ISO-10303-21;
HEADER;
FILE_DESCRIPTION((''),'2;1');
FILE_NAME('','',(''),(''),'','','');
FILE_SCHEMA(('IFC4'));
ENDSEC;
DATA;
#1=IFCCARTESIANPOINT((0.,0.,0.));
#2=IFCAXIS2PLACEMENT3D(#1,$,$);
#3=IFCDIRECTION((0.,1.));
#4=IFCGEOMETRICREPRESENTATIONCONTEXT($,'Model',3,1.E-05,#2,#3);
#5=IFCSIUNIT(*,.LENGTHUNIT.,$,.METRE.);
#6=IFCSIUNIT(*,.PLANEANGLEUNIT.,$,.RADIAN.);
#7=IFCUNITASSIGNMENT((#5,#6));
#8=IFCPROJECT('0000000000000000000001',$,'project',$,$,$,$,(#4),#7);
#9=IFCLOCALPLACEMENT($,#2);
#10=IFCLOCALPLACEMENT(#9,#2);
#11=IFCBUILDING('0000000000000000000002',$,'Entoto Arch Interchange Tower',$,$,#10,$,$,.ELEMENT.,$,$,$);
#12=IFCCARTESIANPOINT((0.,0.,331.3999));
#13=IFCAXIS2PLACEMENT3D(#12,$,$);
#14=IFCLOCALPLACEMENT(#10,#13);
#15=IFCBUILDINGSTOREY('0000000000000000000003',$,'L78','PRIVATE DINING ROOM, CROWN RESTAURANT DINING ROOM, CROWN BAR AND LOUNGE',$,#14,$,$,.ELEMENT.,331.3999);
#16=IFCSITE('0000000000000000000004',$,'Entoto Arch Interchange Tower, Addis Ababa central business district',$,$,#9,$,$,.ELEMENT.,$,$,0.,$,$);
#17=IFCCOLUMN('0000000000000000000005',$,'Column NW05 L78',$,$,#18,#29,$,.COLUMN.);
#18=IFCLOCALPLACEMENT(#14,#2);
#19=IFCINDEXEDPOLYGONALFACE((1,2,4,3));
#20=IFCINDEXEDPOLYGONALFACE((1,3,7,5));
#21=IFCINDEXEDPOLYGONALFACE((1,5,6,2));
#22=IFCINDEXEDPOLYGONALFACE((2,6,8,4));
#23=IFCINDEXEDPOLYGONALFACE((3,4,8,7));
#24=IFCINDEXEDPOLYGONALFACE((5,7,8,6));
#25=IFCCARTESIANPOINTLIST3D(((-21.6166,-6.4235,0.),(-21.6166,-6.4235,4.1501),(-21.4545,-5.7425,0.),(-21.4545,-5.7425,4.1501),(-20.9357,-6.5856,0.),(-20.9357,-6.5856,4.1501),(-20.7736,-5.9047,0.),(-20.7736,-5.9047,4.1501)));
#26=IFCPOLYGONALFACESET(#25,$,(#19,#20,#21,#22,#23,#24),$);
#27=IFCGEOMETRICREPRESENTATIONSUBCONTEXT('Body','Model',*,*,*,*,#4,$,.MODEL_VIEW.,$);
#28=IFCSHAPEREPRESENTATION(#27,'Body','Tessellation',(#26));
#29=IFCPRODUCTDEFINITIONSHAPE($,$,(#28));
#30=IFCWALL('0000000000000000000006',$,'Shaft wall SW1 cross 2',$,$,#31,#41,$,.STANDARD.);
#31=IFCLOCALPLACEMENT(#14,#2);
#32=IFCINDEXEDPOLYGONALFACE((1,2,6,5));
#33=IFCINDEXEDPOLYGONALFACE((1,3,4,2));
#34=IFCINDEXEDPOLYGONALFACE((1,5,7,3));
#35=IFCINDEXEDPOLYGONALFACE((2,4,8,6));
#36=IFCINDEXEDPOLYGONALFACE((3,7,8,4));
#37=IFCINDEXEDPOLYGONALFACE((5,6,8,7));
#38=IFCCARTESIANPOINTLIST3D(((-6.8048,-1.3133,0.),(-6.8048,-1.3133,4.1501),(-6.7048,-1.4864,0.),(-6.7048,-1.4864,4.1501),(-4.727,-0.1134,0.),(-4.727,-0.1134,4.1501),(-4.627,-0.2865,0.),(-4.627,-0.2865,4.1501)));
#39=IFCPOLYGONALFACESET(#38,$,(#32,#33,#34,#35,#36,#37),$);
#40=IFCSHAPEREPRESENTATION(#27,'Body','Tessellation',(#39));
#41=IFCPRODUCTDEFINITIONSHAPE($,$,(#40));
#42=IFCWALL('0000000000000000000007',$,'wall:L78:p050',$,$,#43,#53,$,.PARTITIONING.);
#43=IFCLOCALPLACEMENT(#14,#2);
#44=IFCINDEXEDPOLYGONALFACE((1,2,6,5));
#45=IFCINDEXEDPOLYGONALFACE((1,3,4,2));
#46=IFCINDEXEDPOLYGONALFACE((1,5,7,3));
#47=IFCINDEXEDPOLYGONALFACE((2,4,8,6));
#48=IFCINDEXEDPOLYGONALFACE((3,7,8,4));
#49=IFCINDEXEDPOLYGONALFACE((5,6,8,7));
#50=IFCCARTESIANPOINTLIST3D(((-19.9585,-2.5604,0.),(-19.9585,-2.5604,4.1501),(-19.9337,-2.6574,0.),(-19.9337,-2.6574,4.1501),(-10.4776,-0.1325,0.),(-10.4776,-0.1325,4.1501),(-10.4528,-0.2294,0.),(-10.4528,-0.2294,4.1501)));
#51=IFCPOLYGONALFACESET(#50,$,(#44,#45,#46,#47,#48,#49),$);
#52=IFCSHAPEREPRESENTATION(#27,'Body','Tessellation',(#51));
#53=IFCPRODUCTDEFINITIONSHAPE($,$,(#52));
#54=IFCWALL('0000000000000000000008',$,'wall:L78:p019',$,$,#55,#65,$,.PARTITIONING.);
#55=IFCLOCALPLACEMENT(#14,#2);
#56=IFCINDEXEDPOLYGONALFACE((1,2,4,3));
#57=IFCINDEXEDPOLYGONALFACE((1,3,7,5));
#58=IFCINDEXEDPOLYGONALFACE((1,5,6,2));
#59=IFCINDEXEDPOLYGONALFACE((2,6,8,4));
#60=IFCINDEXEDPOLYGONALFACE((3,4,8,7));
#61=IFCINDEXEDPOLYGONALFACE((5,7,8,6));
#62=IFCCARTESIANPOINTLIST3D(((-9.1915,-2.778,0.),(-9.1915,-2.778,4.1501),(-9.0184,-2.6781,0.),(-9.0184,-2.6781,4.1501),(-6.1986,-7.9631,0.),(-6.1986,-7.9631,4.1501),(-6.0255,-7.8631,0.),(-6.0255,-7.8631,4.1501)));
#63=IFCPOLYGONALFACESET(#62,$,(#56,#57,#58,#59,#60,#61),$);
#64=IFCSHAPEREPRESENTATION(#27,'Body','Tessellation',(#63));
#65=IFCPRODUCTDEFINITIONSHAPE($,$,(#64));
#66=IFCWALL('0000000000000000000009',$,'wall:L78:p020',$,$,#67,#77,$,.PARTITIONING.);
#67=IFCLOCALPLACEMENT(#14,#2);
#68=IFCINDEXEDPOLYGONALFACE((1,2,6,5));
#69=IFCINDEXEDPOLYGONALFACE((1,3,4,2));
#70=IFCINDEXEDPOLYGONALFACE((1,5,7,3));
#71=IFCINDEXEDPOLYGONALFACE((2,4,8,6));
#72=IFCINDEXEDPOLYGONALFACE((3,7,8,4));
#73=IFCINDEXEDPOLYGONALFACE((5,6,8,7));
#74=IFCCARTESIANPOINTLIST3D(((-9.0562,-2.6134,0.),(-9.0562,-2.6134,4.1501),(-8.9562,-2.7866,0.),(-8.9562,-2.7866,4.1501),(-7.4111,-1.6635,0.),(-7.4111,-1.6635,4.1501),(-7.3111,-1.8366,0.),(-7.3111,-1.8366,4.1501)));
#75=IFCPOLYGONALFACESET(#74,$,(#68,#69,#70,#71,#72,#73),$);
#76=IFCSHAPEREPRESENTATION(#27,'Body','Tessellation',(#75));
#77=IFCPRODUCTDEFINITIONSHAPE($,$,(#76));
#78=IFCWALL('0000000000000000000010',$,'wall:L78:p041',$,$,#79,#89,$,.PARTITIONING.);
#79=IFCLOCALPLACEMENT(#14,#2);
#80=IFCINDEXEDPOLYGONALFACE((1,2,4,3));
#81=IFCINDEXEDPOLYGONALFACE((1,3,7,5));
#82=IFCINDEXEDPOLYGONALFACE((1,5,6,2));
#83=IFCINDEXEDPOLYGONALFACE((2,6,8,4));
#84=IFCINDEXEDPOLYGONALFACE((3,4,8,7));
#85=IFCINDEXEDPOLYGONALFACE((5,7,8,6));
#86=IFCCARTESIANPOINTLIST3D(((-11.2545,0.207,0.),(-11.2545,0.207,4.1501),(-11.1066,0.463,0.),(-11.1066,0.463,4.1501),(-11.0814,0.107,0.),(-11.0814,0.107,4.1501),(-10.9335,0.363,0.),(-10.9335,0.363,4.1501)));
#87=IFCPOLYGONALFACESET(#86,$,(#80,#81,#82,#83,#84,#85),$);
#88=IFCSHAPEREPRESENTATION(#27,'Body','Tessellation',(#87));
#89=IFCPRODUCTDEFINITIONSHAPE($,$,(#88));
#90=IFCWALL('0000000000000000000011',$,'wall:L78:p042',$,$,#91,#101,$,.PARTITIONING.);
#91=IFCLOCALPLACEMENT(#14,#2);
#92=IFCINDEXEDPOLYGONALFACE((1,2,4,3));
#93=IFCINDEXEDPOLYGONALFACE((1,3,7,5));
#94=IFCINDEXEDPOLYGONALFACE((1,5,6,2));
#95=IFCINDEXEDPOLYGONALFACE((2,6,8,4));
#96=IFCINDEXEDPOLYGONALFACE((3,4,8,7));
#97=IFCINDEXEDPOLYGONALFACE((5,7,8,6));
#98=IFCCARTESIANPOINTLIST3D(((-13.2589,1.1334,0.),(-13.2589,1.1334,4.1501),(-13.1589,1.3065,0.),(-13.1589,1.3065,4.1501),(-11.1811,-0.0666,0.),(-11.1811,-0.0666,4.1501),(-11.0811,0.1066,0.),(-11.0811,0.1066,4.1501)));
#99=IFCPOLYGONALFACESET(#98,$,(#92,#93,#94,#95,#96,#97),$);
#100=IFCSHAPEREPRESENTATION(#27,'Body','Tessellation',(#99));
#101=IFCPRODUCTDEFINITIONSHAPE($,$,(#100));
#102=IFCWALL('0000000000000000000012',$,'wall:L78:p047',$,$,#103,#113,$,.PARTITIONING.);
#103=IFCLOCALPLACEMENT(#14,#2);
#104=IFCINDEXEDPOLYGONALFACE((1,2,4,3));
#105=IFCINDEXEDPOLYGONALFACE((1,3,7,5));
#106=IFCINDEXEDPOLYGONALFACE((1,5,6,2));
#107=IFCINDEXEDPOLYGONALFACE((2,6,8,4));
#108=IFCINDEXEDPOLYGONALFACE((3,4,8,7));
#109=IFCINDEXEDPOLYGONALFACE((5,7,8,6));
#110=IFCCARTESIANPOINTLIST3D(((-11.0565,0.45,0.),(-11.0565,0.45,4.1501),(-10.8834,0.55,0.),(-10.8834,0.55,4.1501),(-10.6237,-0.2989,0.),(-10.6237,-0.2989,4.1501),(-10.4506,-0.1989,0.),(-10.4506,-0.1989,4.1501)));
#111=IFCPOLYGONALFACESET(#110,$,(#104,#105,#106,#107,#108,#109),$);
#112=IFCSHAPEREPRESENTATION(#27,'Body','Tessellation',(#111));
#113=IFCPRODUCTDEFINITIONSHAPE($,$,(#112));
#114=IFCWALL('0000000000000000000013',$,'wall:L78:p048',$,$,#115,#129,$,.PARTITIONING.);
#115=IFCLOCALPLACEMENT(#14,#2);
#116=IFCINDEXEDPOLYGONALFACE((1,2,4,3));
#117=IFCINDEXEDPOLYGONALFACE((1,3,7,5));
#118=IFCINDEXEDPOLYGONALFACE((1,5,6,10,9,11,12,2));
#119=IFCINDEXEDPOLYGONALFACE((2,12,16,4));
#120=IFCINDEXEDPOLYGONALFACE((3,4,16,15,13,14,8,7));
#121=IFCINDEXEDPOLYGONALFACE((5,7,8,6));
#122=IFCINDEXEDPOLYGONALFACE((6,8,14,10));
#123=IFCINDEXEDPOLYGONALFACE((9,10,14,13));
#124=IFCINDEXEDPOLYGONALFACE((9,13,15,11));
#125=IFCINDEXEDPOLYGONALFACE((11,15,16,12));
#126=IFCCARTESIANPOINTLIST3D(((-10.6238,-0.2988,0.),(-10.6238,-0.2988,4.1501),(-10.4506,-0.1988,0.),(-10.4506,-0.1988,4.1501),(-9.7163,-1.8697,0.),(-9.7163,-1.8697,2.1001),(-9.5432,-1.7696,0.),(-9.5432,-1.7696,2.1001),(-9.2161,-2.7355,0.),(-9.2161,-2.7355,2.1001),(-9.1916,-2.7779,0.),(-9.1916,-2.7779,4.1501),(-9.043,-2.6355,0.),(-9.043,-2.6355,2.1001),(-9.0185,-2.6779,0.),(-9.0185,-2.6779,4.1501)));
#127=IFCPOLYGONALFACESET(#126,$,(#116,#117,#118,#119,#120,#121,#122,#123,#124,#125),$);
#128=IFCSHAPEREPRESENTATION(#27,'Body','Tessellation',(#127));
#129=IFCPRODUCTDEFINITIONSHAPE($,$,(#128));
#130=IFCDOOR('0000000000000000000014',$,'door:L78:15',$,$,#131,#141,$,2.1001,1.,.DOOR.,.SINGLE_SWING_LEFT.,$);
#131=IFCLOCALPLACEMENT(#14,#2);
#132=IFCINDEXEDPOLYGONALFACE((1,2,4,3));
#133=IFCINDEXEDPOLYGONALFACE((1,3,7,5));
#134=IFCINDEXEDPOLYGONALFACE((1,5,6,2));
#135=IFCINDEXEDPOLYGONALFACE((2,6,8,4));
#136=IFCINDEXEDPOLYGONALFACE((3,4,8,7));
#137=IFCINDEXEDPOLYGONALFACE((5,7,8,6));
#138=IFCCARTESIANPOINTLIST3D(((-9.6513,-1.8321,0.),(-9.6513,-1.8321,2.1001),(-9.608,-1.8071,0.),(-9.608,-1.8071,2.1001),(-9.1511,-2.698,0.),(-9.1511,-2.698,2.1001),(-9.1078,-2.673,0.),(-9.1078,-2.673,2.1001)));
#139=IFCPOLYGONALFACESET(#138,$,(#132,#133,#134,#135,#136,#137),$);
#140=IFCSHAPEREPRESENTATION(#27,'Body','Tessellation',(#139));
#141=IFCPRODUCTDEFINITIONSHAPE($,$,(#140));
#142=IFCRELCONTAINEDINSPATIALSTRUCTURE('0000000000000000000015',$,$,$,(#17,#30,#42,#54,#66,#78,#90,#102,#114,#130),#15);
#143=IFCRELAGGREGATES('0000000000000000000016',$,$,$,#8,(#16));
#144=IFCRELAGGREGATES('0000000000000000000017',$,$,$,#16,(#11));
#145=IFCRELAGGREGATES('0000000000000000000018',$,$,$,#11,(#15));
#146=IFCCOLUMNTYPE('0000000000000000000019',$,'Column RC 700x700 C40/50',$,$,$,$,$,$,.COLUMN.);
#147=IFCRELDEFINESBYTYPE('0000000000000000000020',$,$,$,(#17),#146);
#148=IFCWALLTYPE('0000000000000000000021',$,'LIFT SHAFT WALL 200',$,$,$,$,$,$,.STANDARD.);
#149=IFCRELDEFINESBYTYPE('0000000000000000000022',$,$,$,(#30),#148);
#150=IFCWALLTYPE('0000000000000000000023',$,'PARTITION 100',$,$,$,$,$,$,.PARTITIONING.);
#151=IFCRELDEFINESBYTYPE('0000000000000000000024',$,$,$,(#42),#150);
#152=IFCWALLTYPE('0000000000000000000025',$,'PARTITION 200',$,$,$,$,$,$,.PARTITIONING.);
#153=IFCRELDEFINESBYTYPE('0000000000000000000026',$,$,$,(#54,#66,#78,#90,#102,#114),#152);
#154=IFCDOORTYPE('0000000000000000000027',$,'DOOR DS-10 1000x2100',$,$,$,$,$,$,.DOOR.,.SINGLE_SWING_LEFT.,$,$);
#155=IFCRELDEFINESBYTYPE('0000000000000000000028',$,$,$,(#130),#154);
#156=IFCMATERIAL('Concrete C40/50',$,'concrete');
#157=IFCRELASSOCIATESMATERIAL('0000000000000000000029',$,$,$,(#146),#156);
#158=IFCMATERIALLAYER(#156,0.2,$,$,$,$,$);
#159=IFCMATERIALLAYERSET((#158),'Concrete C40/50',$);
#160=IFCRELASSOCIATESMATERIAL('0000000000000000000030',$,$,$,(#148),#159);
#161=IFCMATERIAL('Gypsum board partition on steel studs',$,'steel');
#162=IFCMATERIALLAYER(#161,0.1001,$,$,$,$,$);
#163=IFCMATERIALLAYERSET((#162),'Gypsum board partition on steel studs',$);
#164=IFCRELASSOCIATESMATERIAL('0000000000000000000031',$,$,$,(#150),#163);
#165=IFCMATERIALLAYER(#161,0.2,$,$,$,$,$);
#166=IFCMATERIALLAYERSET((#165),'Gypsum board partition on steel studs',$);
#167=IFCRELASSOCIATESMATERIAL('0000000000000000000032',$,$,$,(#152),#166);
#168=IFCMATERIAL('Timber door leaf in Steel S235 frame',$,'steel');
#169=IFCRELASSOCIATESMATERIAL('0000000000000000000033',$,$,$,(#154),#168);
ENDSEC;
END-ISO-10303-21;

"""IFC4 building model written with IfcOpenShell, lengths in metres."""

from ifc_helpers import new_model, si_unit, direction, frame, frame_2d, origin, origin_2d, place, context, subcontext, project, spatial, rectangle, extrude, material, layer, layer_set, material_profile, profile_set, type_object, element, fill, save


model = new_model("IFC4")

# Units and contexts
model_context = context("Model", 3, precision=1e-05, world=origin(), true_north=direction((0.0, 1.0)))
body_context = subcontext(model_context, "Body", "Model", "MODEL_VIEW")
ifc_project = project(units=[si_unit("LENGTHUNIT", "METRE"), si_unit("PLANEANGLEUNIT", "RADIAN")], contexts=[model_context])

# Site, building, storey
site_placement = place(None, origin())
site = spatial("IfcSite", under=ifc_project, at=site_placement, Name="Entoto Arch Interchange Tower, Addis Ababa central business district", CompositionType="ELEMENT", RefElevation=0.0)
building_placement = place(site_placement, origin())
building = spatial("IfcBuilding", under=site, at=building_placement, Name="Entoto Arch Interchange Tower", CompositionType="ELEMENT")
storey_placement = place(building_placement, frame((0.0, 0.0, 331.3999)))
storey = spatial("IfcBuildingStorey", under=building, at=storey_placement, Name="L78", Description="PRIVATE DINING ROOM, CROWN RESTAURANT DINING ROOM, CROWN BAR AND LOUNGE", CompositionType="ELEMENT", Elevation=331.3999)

# Column
ifc_material_1 = material(Name="Concrete C40/50", Category="concrete")
ifc_material_profile = material_profile(ifc_material_1, rectangle(XDim=0.7, YDim=0.7, at=origin_2d()))
ifc_profile_set = profile_set([ifc_material_profile], Name="Concrete C40/50")
column_type = type_object("IfcColumnType", Name="Column RC 700x700 C40/50", PredefinedType="COLUMN", material=ifc_profile_set)
column_placement = place(storey_placement, frame((-21.1951, -6.1641, 0.0), z_axis=(0.0, 0.0, 1.0), x_axis=(0.231612, 0.972808, 0.0)))
element("IfcColumn", 1, at=column_placement, inside=storey, type_object=column_type, Name="Column NW05 L78", PredefinedType="COLUMN", context=body_context, shape_type="SweptSolid", body=[
    extrude(rectangle(XDim=0.7, YDim=0.7, at=origin_2d()), origin(), (0.0, 0.0, 1.0), 4.1501),
])

# Walls
ifc_layer_1 = layer(ifc_material_1, 0.2)
ifc_layer_set_1 = layer_set([ifc_layer_1], Name="Concrete C40/50")
wall_type_1 = type_object("IfcWallType", Name="LIFT SHAFT WALL 200", PredefinedType="STANDARD", material=ifc_layer_set_1)
wall_1_placement = place(storey_placement, frame((-4.677, -0.2, 0.0), z_axis=(0.0, 0.0, 1.0), x_axis=(-0.865974, -0.500089, 0.0)))
element("IfcWall", 2, at=wall_1_placement, inside=storey, type_object=wall_type_1, Name="Shaft wall SW1 cross 2", PredefinedType="STANDARD", context=body_context, shape_type="SweptSolid", body=[
    extrude(rectangle(XDim=2.3994, YDim=0.2, at=frame_2d((1.1997, 0.0))), origin(), (0.0, 0.0, 1.0), 4.1501),
])
ifc_material_2 = material(Name="Gypsum board partition on steel studs", Category="steel")
ifc_layer_2 = layer(ifc_material_2, 0.1001)
ifc_layer_set_2 = layer_set([ifc_layer_2], Name="Gypsum board partition on steel studs")
wall_type_2 = type_object("IfcWallType", Name="PARTITION 100", PredefinedType="PARTITIONING", material=ifc_layer_set_2)
wall_2_placement = place(storey_placement, frame((-10.4651, -0.1809, 0.0), z_axis=(0.0, 0.0, 1.0), x_axis=(-0.968738, -0.248084, 0.0)))
element("IfcWall", 3, at=wall_2_placement, inside=storey, type_object=wall_type_2, Name="wall:L78:p050", PredefinedType="PARTITIONING", context=body_context, shape_type="SweptSolid", body=[
    extrude(rectangle(XDim=9.7869, YDim=0.1001, at=frame_2d((4.8936, 0.0))), origin(), (0.0, 0.0, 1.0), 4.1501),
])
ifc_layer_3 = layer(ifc_material_2, 0.2)
ifc_layer_set_3 = layer_set([ifc_layer_3], Name="Gypsum board partition on steel studs")
wall_type_3 = type_object("IfcWallType", Name="PARTITION 200", PredefinedType="PARTITIONING", material=ifc_layer_set_3)
wall_3_placement = place(storey_placement, frame((-6.1121, -7.9131, 0.0), z_axis=(0.0, 0.0, 1.0), x_axis=(-0.499915, 0.866074, 0.0)))
element("IfcWall", 4, at=wall_3_placement, inside=storey, type_object=wall_type_3, Name="wall:L78:p019", PredefinedType="PARTITIONING", context=body_context, shape_type="SweptSolid", body=[
    extrude(rectangle(XDim=5.9868, YDim=0.2, at=frame_2d((2.9934, 0.0))), origin(), (0.0, 0.0, 1.0), 4.1501),
])
wall_4_placement = place(storey_placement, frame((-9.0061, -2.7, 0.0), z_axis=(0.0, 0.0, 1.0), x_axis=(0.86598, 0.500078, 0.0)))
element("IfcWall", 5, at=wall_4_placement, inside=storey, type_object=wall_type_3, Name="wall:L78:p020", PredefinedType="PARTITIONING", context=body_context, shape_type="SweptSolid", body=[
    extrude(rectangle(XDim=1.8997, YDim=0.2, at=frame_2d((0.9497, 0.0))), origin(), (0.0, 0.0, 1.0), 4.1501),
])
wall_5_placement = place(storey_placement, frame((-11.02, 0.4131, 0.0), z_axis=(0.0, 0.0, 1.0), x_axis=(-0.500223, -0.865897, 0.0)))
element("IfcWall", 6, at=wall_5_placement, inside=storey, type_object=wall_type_3, Name="wall:L78:p041", PredefinedType="PARTITIONING", context=body_context, shape_type="SweptSolid", body=[
    extrude(rectangle(XDim=0.2957, YDim=0.2, at=frame_2d((0.1479, 0.0))), origin(), (0.0, 0.0, 1.0), 4.1501),
])
wall_6_placement = place(storey_placement, frame((-11.1311, 0.02, 0.0), z_axis=(0.0, 0.0, 1.0), x_axis=(-0.865974, 0.500089, 0.0)))
element("IfcWall", 7, at=wall_6_placement, inside=storey, type_object=wall_type_3, Name="wall:L78:p042", PredefinedType="PARTITIONING", context=body_context, shape_type="SweptSolid", body=[
    extrude(rectangle(XDim=2.3994, YDim=0.2, at=frame_2d((1.1997, 0.0))), origin(), (0.0, 0.0, 1.0), 4.1501),
])
wall_7_placement = place(storey_placement, frame((-10.5371, -0.249, 0.0), z_axis=(0.0, 0.0, 1.0), x_axis=(-0.500358, 0.865819, 0.0)))
element("IfcWall", 8, at=wall_7_placement, inside=storey, type_object=wall_type_3, Name="wall:L78:p047", PredefinedType="PARTITIONING", context=body_context, shape_type="SweptSolid", body=[
    extrude(rectangle(XDim=0.865, YDim=0.2, at=frame_2d((0.4326, 0.0))), origin(), (0.0, 0.0, 1.0), 4.1501),
])

# Wall, opening, door
wall_8_placement = place(storey_placement, frame((-9.105, -2.728, 0.0), z_axis=(0.0, 0.0, 1.0), x_axis=(-0.500229, 0.865893, 0.0)))
wall_8 = element("IfcWall", 9, at=wall_8_placement, inside=storey, type_object=wall_type_3, Name="wall:L78:p048", PredefinedType="PARTITIONING", context=body_context, shape_type="SweptSolid", body=[
    extrude(rectangle(XDim=2.863, YDim=0.2, at=frame_2d((1.4316, 0.0))), origin(), (0.0, 0.0, 1.0), 4.1501),
])
opening_1_placement = place(wall_8_placement, frame((0.0491, 0.0, 0.0)))
opening_1 = element("IfcOpeningElement", 10, at=opening_1_placement, cuts=wall_8, PredefinedType="OPENING", context=body_context, shape_type="SweptSolid", body=[
    extrude(rectangle(XDim=1.0, YDim=2.1001, at=frame_2d((0.5, 1.05))), frame((0.0, 0.1099, 0.0), z_axis=(0.0, -1.0, 0.0), x_axis=(1.0, 0.0, 0.0)), (0.0, 0.0, 1.0), 0.22),
])
ifc_material_3 = material(Name="Timber door leaf in Steel S235 frame", Category="steel")
door_type = type_object("IfcDoorType", Name="DOOR DS-10 1000x2100", OperationType="SINGLE_SWING_LEFT", PredefinedType="DOOR", material=ifc_material_3)
door_placement = place(opening_1_placement, origin())
door = element("IfcDoor", 11, at=door_placement, inside=storey, type_object=door_type, Name="door:L78:15", OperationType="SINGLE_SWING_LEFT", OverallHeight=2.1001, OverallWidth=1.0, PredefinedType="DOOR", context=body_context, shape_type="SweptSolid", body=[
    extrude(rectangle(XDim=1.0, YDim=2.1001, at=frame_2d((0.5, 1.05))), frame((0.0, 0.0249, 0.0), z_axis=(0.0, -1.0, 0.0), x_axis=(1.0, 0.0, 0.0)), (0.0, 0.0, 1.0), 0.05),
])
fill(opening_1, door)

save(model, "model.ifc")
